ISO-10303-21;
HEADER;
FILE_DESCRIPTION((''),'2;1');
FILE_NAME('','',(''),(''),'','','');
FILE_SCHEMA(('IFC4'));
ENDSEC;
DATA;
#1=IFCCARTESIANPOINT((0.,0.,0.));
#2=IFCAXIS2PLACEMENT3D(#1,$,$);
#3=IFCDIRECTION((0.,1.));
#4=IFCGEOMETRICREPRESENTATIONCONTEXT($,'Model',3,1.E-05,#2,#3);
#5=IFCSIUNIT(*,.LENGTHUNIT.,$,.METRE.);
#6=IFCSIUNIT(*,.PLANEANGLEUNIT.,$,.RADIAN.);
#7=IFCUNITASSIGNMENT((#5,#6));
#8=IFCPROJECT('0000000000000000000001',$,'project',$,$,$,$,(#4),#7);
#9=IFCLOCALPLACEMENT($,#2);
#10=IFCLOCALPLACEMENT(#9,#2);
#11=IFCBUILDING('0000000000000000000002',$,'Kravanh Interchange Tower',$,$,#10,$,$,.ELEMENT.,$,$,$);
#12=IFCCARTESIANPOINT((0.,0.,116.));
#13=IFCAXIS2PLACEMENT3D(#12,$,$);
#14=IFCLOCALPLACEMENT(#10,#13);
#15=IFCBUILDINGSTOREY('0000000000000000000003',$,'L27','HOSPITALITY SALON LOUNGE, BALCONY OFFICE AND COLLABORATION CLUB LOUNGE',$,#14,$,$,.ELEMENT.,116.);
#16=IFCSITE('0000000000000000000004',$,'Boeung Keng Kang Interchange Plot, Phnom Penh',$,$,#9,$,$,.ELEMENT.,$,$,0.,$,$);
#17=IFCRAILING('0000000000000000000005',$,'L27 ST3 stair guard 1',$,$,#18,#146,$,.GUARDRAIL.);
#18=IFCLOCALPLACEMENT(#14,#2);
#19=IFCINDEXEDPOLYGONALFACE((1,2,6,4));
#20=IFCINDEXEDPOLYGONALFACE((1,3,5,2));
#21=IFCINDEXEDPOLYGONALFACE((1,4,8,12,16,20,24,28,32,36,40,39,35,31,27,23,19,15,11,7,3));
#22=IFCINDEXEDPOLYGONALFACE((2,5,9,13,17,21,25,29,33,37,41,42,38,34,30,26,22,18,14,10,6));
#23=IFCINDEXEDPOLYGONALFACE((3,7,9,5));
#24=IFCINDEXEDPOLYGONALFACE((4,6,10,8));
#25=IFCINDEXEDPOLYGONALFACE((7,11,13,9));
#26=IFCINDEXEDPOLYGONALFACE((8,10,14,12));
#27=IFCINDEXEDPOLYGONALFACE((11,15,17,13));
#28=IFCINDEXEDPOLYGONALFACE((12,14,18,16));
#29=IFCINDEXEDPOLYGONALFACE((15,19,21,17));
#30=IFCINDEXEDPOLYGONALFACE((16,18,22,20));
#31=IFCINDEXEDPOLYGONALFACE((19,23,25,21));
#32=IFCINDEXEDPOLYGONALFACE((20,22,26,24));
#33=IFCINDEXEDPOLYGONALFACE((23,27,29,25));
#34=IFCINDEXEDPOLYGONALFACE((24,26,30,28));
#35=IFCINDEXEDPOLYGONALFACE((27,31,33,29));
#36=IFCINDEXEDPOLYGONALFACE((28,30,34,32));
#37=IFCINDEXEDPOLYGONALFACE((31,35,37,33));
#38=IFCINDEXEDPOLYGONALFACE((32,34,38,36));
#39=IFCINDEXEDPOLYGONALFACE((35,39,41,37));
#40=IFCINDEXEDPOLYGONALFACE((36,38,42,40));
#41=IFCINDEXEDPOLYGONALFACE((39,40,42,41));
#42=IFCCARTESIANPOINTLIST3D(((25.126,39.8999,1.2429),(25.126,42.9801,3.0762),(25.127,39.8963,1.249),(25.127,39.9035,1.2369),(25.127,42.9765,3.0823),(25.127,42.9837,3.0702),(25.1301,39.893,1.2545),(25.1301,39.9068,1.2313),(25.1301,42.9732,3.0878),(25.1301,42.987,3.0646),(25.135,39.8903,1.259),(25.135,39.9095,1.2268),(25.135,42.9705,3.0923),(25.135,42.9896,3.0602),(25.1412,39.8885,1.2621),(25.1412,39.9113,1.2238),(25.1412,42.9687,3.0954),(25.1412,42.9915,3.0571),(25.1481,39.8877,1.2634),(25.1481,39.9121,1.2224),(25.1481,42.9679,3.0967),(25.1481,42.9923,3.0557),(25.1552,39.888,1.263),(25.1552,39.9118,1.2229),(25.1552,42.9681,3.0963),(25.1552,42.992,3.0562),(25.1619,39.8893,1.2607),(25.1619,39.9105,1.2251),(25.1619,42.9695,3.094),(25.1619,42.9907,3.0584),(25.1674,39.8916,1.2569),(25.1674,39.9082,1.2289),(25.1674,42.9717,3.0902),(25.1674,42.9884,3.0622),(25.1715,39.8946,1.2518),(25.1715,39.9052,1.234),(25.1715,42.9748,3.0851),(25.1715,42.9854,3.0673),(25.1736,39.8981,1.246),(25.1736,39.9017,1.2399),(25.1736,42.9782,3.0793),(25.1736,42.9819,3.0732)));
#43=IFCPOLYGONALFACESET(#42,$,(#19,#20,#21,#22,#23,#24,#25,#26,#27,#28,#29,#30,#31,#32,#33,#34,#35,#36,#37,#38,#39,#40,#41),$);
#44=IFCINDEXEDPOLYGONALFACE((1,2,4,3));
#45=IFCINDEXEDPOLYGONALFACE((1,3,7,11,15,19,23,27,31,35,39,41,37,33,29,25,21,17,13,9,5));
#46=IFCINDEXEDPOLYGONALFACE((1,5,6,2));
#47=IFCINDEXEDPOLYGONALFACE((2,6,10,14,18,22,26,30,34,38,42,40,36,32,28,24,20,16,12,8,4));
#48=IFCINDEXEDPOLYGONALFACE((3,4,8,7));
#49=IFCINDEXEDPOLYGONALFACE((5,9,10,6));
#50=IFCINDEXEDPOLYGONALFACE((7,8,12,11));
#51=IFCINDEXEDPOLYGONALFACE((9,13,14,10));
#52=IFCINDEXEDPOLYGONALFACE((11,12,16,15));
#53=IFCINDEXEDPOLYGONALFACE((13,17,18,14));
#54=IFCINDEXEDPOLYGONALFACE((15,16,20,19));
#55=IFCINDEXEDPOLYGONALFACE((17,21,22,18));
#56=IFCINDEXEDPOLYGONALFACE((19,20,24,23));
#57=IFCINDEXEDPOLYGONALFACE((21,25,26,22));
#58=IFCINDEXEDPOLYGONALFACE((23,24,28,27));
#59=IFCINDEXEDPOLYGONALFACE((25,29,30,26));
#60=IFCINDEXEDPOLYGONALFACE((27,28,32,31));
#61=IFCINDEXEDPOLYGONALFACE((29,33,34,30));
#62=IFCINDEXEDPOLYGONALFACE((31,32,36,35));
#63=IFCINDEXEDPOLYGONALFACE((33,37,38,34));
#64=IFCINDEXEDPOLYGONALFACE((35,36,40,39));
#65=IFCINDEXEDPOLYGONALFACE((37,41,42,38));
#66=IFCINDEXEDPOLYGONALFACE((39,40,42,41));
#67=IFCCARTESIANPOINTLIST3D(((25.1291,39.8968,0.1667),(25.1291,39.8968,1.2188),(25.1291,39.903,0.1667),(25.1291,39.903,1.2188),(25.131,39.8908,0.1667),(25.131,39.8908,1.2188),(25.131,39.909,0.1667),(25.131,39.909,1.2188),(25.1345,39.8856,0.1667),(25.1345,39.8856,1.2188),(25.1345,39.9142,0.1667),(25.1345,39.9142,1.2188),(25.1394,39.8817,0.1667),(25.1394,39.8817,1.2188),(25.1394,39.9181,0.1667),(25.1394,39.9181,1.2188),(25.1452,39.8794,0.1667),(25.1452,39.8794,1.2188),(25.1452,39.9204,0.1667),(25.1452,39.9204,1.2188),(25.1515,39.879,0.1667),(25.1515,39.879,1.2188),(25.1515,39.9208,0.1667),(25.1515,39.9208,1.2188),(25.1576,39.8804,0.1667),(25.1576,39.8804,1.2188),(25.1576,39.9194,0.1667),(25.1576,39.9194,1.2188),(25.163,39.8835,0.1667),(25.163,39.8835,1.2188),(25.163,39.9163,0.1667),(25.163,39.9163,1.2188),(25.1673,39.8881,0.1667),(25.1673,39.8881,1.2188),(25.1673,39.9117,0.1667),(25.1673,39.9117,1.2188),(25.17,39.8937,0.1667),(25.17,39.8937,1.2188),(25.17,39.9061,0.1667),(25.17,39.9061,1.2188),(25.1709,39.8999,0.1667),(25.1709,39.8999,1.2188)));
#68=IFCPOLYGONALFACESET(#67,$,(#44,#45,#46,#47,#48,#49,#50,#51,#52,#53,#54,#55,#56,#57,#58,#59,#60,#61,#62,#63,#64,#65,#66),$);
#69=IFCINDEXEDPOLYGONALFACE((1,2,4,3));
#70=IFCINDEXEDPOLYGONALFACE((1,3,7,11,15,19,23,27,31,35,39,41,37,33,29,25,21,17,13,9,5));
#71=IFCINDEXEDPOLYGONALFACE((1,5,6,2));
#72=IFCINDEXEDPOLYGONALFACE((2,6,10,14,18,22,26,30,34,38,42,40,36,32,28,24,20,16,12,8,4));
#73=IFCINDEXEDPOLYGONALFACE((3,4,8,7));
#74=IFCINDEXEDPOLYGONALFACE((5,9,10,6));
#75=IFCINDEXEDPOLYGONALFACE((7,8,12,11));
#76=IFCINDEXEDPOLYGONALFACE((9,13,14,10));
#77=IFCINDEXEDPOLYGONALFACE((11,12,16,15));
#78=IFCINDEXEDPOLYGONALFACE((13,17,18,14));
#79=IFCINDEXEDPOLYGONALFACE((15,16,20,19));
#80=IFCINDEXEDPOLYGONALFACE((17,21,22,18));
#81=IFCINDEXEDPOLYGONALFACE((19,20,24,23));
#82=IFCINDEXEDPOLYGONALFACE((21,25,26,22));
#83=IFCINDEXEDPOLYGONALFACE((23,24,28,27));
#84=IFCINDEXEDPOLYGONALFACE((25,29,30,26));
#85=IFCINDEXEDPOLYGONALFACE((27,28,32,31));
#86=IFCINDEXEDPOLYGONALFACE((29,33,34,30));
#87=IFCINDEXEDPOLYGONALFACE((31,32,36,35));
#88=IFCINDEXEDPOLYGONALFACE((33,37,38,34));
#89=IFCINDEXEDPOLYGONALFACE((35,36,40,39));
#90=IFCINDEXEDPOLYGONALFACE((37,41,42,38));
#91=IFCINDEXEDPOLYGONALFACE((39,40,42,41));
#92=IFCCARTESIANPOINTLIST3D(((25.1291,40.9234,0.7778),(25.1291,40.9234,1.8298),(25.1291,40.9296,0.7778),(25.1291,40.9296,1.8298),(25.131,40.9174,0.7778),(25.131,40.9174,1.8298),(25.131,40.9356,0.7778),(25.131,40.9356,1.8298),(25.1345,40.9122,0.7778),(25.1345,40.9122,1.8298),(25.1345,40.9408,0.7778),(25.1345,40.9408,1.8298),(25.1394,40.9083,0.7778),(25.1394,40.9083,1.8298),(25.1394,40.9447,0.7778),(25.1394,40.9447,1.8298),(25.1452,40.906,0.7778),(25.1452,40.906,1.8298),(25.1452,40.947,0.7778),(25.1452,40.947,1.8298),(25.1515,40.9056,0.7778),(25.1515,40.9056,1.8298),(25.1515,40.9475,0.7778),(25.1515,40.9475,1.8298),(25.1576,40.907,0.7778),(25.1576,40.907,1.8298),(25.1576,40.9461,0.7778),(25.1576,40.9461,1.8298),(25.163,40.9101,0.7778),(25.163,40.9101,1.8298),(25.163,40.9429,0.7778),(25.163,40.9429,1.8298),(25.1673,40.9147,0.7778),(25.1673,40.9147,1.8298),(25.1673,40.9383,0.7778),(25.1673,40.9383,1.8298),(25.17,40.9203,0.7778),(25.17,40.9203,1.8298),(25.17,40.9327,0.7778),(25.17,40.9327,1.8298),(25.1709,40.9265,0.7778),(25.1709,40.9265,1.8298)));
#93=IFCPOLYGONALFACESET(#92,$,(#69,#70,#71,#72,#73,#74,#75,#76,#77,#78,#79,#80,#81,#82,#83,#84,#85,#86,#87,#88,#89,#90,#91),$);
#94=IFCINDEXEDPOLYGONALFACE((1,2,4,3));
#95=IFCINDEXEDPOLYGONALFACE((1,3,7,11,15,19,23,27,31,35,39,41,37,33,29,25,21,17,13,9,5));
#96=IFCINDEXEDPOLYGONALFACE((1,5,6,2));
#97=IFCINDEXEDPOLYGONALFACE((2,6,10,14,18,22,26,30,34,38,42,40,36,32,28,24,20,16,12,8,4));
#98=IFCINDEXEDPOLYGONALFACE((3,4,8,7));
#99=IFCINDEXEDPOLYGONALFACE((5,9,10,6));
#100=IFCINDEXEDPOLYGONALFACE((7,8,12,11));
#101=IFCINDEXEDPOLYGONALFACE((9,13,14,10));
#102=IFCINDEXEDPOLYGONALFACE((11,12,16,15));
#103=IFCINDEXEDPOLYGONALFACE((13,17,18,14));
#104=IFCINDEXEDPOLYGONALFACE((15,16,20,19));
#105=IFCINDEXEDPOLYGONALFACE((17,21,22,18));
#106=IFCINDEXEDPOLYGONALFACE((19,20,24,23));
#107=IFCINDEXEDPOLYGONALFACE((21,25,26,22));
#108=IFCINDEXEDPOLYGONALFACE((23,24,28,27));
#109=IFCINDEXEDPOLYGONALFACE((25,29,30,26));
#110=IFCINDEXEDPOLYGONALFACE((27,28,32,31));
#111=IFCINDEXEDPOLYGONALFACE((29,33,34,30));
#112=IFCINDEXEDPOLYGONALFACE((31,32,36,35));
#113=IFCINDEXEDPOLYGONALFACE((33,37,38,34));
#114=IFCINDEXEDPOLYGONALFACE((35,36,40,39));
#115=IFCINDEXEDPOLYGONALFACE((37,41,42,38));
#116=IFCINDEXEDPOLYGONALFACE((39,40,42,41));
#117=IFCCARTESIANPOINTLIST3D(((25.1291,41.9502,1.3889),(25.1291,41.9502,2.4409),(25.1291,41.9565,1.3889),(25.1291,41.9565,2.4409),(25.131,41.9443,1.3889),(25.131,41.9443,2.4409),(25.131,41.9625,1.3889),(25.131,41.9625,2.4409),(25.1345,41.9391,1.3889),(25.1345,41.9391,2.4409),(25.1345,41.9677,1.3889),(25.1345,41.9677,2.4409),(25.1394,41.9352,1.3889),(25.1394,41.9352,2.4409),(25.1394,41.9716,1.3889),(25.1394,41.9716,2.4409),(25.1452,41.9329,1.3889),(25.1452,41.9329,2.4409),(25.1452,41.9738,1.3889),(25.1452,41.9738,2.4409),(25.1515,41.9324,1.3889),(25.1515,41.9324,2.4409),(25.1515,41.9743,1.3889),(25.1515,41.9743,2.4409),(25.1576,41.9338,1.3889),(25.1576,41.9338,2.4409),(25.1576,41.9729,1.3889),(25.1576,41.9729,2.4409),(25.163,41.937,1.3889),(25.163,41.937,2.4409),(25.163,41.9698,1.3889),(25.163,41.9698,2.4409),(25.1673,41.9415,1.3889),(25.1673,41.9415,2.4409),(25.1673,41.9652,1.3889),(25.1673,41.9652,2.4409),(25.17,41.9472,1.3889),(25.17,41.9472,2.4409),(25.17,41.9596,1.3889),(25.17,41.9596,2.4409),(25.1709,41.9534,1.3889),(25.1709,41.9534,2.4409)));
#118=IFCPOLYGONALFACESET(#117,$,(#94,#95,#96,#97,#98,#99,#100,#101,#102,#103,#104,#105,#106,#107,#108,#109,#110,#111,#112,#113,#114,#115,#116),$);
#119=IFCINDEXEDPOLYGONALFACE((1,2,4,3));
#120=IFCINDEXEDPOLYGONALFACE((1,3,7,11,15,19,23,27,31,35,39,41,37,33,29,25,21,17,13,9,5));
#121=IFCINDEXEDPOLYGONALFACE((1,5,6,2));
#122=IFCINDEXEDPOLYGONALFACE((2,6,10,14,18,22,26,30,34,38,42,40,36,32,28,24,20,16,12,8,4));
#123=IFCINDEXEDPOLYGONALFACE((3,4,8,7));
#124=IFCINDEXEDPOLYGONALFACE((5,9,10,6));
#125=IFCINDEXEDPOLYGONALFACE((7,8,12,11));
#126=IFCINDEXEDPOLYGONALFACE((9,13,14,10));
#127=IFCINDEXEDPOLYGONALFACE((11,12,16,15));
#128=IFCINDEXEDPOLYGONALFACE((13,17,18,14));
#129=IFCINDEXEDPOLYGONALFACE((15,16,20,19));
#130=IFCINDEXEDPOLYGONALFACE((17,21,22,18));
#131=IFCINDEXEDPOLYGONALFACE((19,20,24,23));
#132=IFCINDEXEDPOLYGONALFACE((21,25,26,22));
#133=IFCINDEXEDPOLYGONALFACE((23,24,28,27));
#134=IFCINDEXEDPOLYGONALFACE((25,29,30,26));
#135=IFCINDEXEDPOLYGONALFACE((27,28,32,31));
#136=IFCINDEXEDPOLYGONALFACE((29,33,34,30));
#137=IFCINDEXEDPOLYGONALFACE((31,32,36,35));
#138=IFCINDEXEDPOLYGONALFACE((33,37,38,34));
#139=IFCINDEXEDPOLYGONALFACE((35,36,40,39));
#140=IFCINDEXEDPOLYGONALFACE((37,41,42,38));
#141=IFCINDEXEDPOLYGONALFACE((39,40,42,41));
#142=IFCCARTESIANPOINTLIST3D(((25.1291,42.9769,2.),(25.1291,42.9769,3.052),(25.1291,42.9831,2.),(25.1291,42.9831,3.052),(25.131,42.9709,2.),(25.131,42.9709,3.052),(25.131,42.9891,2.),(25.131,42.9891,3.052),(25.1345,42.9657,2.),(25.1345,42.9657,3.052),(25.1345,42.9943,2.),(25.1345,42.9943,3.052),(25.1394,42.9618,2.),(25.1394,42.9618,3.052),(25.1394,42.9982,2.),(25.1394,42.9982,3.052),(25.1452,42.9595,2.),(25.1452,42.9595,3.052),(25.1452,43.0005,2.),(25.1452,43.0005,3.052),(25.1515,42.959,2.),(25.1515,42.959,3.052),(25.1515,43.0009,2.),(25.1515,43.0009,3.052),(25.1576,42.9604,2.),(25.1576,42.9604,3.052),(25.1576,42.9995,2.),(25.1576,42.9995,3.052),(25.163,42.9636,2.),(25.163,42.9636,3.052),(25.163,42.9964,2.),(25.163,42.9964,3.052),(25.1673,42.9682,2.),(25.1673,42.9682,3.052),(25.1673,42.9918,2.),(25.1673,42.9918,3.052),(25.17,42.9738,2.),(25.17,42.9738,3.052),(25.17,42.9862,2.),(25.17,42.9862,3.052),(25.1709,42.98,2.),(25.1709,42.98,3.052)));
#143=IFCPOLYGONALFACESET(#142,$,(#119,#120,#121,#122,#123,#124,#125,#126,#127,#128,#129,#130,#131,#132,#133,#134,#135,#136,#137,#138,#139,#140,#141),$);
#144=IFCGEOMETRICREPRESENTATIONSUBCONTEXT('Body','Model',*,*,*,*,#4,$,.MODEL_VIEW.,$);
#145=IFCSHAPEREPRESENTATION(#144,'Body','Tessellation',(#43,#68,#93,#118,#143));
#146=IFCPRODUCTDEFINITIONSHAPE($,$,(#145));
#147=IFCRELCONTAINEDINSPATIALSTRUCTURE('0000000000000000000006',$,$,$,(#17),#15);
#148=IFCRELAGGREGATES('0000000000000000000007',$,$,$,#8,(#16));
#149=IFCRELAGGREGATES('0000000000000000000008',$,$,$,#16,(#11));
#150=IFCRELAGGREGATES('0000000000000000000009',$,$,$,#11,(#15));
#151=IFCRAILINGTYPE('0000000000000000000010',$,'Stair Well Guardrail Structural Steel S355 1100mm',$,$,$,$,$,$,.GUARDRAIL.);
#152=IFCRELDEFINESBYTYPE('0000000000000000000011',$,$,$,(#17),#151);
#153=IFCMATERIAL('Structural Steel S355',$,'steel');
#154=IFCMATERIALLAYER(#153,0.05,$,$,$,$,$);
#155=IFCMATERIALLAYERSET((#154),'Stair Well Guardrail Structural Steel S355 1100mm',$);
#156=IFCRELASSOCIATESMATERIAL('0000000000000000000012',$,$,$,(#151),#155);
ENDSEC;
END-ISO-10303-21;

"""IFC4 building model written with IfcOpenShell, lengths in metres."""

from ifc_helpers import new_model, si_unit, direction, frame, origin, origin_2d, place, context, subcontext, project, spatial, circle, extrude, material, layer, layer_set, type_object, element, save


model = new_model("IFC4")

# Units and contexts
model_context = context("Model", 3, precision=1e-05, world=origin(), true_north=direction((0.0, 1.0)))
body_context = subcontext(model_context, "Body", "Model", "MODEL_VIEW")
ifc_project = project(units=[si_unit("LENGTHUNIT", "METRE"), si_unit("PLANEANGLEUNIT", "RADIAN")], contexts=[model_context])

# Site, building, storey
site_placement = place(None, origin())
site = spatial("IfcSite", under=ifc_project, at=site_placement, Name="Boeung Keng Kang Interchange Plot, Phnom Penh", CompositionType="ELEMENT", RefElevation=0.0)
building_placement = place(site_placement, origin())
building = spatial("IfcBuilding", under=site, at=building_placement, Name="Kravanh Interchange Tower", CompositionType="ELEMENT")
storey_placement = place(building_placement, frame((0.0, 0.0, 116.0)))
storey = spatial("IfcBuildingStorey", under=building, at=storey_placement, Name="L27", Description="HOSPITALITY SALON LOUNGE, BALCONY OFFICE AND COLLABORATION CLUB LOUNGE", CompositionType="ELEMENT", Elevation=116.0)

# Railing
ifc_material_1 = material(Name="Structural Steel S355", Category="steel")
ifc_layer_1 = layer(ifc_material_1, 0.05)
ifc_layer_set_1 = layer_set([ifc_layer_1], Name="Stair Well Guardrail Structural Steel S355 1100mm")
railing_type_1 = type_object("IfcRailingType", Name="Stair Well Guardrail Structural Steel S355 1100mm", PredefinedType="GUARDRAIL", material=ifc_layer_set_1)
railing_1_placement = place(storey_placement, frame((25.1499, 39.8999, 0.1667)))
element("IfcRailing", 1, at=railing_1_placement, inside=storey, type_object=railing_type_1, Name="L27 ST3 stair guard 1", PredefinedType="GUARDRAIL", context=body_context, shape_type="SweptSolid", body=[
    extrude(circle(Radius=0.0239, at=origin_2d()), frame((0.0, 0.0, 1.0762), z_axis=(0.0, 0.859309, 0.511458), x_axis=(-1.0, 0.0, 0.0)), (0.0, 0.0, 1.0), 3.5845),
    extrude(circle(Radius=0.021, at=origin_2d()), origin(), (0.0, 0.0, 1.0), 1.052),
    extrude(circle(Radius=0.021, at=origin_2d()), frame((0.0, 1.0266, 0.6111)), (0.0, 0.0, 1.0), 1.052),
    extrude(circle(Radius=0.021, at=origin_2d()), frame((0.0, 2.0535, 1.2222)), (0.0, 0.0, 1.0), 1.052),
    extrude(circle(Radius=0.021, at=origin_2d()), frame((0.0, 3.0801, 1.8333)), (0.0, 0.0, 1.0), 1.052),
])

save(model, "model.ifc")
